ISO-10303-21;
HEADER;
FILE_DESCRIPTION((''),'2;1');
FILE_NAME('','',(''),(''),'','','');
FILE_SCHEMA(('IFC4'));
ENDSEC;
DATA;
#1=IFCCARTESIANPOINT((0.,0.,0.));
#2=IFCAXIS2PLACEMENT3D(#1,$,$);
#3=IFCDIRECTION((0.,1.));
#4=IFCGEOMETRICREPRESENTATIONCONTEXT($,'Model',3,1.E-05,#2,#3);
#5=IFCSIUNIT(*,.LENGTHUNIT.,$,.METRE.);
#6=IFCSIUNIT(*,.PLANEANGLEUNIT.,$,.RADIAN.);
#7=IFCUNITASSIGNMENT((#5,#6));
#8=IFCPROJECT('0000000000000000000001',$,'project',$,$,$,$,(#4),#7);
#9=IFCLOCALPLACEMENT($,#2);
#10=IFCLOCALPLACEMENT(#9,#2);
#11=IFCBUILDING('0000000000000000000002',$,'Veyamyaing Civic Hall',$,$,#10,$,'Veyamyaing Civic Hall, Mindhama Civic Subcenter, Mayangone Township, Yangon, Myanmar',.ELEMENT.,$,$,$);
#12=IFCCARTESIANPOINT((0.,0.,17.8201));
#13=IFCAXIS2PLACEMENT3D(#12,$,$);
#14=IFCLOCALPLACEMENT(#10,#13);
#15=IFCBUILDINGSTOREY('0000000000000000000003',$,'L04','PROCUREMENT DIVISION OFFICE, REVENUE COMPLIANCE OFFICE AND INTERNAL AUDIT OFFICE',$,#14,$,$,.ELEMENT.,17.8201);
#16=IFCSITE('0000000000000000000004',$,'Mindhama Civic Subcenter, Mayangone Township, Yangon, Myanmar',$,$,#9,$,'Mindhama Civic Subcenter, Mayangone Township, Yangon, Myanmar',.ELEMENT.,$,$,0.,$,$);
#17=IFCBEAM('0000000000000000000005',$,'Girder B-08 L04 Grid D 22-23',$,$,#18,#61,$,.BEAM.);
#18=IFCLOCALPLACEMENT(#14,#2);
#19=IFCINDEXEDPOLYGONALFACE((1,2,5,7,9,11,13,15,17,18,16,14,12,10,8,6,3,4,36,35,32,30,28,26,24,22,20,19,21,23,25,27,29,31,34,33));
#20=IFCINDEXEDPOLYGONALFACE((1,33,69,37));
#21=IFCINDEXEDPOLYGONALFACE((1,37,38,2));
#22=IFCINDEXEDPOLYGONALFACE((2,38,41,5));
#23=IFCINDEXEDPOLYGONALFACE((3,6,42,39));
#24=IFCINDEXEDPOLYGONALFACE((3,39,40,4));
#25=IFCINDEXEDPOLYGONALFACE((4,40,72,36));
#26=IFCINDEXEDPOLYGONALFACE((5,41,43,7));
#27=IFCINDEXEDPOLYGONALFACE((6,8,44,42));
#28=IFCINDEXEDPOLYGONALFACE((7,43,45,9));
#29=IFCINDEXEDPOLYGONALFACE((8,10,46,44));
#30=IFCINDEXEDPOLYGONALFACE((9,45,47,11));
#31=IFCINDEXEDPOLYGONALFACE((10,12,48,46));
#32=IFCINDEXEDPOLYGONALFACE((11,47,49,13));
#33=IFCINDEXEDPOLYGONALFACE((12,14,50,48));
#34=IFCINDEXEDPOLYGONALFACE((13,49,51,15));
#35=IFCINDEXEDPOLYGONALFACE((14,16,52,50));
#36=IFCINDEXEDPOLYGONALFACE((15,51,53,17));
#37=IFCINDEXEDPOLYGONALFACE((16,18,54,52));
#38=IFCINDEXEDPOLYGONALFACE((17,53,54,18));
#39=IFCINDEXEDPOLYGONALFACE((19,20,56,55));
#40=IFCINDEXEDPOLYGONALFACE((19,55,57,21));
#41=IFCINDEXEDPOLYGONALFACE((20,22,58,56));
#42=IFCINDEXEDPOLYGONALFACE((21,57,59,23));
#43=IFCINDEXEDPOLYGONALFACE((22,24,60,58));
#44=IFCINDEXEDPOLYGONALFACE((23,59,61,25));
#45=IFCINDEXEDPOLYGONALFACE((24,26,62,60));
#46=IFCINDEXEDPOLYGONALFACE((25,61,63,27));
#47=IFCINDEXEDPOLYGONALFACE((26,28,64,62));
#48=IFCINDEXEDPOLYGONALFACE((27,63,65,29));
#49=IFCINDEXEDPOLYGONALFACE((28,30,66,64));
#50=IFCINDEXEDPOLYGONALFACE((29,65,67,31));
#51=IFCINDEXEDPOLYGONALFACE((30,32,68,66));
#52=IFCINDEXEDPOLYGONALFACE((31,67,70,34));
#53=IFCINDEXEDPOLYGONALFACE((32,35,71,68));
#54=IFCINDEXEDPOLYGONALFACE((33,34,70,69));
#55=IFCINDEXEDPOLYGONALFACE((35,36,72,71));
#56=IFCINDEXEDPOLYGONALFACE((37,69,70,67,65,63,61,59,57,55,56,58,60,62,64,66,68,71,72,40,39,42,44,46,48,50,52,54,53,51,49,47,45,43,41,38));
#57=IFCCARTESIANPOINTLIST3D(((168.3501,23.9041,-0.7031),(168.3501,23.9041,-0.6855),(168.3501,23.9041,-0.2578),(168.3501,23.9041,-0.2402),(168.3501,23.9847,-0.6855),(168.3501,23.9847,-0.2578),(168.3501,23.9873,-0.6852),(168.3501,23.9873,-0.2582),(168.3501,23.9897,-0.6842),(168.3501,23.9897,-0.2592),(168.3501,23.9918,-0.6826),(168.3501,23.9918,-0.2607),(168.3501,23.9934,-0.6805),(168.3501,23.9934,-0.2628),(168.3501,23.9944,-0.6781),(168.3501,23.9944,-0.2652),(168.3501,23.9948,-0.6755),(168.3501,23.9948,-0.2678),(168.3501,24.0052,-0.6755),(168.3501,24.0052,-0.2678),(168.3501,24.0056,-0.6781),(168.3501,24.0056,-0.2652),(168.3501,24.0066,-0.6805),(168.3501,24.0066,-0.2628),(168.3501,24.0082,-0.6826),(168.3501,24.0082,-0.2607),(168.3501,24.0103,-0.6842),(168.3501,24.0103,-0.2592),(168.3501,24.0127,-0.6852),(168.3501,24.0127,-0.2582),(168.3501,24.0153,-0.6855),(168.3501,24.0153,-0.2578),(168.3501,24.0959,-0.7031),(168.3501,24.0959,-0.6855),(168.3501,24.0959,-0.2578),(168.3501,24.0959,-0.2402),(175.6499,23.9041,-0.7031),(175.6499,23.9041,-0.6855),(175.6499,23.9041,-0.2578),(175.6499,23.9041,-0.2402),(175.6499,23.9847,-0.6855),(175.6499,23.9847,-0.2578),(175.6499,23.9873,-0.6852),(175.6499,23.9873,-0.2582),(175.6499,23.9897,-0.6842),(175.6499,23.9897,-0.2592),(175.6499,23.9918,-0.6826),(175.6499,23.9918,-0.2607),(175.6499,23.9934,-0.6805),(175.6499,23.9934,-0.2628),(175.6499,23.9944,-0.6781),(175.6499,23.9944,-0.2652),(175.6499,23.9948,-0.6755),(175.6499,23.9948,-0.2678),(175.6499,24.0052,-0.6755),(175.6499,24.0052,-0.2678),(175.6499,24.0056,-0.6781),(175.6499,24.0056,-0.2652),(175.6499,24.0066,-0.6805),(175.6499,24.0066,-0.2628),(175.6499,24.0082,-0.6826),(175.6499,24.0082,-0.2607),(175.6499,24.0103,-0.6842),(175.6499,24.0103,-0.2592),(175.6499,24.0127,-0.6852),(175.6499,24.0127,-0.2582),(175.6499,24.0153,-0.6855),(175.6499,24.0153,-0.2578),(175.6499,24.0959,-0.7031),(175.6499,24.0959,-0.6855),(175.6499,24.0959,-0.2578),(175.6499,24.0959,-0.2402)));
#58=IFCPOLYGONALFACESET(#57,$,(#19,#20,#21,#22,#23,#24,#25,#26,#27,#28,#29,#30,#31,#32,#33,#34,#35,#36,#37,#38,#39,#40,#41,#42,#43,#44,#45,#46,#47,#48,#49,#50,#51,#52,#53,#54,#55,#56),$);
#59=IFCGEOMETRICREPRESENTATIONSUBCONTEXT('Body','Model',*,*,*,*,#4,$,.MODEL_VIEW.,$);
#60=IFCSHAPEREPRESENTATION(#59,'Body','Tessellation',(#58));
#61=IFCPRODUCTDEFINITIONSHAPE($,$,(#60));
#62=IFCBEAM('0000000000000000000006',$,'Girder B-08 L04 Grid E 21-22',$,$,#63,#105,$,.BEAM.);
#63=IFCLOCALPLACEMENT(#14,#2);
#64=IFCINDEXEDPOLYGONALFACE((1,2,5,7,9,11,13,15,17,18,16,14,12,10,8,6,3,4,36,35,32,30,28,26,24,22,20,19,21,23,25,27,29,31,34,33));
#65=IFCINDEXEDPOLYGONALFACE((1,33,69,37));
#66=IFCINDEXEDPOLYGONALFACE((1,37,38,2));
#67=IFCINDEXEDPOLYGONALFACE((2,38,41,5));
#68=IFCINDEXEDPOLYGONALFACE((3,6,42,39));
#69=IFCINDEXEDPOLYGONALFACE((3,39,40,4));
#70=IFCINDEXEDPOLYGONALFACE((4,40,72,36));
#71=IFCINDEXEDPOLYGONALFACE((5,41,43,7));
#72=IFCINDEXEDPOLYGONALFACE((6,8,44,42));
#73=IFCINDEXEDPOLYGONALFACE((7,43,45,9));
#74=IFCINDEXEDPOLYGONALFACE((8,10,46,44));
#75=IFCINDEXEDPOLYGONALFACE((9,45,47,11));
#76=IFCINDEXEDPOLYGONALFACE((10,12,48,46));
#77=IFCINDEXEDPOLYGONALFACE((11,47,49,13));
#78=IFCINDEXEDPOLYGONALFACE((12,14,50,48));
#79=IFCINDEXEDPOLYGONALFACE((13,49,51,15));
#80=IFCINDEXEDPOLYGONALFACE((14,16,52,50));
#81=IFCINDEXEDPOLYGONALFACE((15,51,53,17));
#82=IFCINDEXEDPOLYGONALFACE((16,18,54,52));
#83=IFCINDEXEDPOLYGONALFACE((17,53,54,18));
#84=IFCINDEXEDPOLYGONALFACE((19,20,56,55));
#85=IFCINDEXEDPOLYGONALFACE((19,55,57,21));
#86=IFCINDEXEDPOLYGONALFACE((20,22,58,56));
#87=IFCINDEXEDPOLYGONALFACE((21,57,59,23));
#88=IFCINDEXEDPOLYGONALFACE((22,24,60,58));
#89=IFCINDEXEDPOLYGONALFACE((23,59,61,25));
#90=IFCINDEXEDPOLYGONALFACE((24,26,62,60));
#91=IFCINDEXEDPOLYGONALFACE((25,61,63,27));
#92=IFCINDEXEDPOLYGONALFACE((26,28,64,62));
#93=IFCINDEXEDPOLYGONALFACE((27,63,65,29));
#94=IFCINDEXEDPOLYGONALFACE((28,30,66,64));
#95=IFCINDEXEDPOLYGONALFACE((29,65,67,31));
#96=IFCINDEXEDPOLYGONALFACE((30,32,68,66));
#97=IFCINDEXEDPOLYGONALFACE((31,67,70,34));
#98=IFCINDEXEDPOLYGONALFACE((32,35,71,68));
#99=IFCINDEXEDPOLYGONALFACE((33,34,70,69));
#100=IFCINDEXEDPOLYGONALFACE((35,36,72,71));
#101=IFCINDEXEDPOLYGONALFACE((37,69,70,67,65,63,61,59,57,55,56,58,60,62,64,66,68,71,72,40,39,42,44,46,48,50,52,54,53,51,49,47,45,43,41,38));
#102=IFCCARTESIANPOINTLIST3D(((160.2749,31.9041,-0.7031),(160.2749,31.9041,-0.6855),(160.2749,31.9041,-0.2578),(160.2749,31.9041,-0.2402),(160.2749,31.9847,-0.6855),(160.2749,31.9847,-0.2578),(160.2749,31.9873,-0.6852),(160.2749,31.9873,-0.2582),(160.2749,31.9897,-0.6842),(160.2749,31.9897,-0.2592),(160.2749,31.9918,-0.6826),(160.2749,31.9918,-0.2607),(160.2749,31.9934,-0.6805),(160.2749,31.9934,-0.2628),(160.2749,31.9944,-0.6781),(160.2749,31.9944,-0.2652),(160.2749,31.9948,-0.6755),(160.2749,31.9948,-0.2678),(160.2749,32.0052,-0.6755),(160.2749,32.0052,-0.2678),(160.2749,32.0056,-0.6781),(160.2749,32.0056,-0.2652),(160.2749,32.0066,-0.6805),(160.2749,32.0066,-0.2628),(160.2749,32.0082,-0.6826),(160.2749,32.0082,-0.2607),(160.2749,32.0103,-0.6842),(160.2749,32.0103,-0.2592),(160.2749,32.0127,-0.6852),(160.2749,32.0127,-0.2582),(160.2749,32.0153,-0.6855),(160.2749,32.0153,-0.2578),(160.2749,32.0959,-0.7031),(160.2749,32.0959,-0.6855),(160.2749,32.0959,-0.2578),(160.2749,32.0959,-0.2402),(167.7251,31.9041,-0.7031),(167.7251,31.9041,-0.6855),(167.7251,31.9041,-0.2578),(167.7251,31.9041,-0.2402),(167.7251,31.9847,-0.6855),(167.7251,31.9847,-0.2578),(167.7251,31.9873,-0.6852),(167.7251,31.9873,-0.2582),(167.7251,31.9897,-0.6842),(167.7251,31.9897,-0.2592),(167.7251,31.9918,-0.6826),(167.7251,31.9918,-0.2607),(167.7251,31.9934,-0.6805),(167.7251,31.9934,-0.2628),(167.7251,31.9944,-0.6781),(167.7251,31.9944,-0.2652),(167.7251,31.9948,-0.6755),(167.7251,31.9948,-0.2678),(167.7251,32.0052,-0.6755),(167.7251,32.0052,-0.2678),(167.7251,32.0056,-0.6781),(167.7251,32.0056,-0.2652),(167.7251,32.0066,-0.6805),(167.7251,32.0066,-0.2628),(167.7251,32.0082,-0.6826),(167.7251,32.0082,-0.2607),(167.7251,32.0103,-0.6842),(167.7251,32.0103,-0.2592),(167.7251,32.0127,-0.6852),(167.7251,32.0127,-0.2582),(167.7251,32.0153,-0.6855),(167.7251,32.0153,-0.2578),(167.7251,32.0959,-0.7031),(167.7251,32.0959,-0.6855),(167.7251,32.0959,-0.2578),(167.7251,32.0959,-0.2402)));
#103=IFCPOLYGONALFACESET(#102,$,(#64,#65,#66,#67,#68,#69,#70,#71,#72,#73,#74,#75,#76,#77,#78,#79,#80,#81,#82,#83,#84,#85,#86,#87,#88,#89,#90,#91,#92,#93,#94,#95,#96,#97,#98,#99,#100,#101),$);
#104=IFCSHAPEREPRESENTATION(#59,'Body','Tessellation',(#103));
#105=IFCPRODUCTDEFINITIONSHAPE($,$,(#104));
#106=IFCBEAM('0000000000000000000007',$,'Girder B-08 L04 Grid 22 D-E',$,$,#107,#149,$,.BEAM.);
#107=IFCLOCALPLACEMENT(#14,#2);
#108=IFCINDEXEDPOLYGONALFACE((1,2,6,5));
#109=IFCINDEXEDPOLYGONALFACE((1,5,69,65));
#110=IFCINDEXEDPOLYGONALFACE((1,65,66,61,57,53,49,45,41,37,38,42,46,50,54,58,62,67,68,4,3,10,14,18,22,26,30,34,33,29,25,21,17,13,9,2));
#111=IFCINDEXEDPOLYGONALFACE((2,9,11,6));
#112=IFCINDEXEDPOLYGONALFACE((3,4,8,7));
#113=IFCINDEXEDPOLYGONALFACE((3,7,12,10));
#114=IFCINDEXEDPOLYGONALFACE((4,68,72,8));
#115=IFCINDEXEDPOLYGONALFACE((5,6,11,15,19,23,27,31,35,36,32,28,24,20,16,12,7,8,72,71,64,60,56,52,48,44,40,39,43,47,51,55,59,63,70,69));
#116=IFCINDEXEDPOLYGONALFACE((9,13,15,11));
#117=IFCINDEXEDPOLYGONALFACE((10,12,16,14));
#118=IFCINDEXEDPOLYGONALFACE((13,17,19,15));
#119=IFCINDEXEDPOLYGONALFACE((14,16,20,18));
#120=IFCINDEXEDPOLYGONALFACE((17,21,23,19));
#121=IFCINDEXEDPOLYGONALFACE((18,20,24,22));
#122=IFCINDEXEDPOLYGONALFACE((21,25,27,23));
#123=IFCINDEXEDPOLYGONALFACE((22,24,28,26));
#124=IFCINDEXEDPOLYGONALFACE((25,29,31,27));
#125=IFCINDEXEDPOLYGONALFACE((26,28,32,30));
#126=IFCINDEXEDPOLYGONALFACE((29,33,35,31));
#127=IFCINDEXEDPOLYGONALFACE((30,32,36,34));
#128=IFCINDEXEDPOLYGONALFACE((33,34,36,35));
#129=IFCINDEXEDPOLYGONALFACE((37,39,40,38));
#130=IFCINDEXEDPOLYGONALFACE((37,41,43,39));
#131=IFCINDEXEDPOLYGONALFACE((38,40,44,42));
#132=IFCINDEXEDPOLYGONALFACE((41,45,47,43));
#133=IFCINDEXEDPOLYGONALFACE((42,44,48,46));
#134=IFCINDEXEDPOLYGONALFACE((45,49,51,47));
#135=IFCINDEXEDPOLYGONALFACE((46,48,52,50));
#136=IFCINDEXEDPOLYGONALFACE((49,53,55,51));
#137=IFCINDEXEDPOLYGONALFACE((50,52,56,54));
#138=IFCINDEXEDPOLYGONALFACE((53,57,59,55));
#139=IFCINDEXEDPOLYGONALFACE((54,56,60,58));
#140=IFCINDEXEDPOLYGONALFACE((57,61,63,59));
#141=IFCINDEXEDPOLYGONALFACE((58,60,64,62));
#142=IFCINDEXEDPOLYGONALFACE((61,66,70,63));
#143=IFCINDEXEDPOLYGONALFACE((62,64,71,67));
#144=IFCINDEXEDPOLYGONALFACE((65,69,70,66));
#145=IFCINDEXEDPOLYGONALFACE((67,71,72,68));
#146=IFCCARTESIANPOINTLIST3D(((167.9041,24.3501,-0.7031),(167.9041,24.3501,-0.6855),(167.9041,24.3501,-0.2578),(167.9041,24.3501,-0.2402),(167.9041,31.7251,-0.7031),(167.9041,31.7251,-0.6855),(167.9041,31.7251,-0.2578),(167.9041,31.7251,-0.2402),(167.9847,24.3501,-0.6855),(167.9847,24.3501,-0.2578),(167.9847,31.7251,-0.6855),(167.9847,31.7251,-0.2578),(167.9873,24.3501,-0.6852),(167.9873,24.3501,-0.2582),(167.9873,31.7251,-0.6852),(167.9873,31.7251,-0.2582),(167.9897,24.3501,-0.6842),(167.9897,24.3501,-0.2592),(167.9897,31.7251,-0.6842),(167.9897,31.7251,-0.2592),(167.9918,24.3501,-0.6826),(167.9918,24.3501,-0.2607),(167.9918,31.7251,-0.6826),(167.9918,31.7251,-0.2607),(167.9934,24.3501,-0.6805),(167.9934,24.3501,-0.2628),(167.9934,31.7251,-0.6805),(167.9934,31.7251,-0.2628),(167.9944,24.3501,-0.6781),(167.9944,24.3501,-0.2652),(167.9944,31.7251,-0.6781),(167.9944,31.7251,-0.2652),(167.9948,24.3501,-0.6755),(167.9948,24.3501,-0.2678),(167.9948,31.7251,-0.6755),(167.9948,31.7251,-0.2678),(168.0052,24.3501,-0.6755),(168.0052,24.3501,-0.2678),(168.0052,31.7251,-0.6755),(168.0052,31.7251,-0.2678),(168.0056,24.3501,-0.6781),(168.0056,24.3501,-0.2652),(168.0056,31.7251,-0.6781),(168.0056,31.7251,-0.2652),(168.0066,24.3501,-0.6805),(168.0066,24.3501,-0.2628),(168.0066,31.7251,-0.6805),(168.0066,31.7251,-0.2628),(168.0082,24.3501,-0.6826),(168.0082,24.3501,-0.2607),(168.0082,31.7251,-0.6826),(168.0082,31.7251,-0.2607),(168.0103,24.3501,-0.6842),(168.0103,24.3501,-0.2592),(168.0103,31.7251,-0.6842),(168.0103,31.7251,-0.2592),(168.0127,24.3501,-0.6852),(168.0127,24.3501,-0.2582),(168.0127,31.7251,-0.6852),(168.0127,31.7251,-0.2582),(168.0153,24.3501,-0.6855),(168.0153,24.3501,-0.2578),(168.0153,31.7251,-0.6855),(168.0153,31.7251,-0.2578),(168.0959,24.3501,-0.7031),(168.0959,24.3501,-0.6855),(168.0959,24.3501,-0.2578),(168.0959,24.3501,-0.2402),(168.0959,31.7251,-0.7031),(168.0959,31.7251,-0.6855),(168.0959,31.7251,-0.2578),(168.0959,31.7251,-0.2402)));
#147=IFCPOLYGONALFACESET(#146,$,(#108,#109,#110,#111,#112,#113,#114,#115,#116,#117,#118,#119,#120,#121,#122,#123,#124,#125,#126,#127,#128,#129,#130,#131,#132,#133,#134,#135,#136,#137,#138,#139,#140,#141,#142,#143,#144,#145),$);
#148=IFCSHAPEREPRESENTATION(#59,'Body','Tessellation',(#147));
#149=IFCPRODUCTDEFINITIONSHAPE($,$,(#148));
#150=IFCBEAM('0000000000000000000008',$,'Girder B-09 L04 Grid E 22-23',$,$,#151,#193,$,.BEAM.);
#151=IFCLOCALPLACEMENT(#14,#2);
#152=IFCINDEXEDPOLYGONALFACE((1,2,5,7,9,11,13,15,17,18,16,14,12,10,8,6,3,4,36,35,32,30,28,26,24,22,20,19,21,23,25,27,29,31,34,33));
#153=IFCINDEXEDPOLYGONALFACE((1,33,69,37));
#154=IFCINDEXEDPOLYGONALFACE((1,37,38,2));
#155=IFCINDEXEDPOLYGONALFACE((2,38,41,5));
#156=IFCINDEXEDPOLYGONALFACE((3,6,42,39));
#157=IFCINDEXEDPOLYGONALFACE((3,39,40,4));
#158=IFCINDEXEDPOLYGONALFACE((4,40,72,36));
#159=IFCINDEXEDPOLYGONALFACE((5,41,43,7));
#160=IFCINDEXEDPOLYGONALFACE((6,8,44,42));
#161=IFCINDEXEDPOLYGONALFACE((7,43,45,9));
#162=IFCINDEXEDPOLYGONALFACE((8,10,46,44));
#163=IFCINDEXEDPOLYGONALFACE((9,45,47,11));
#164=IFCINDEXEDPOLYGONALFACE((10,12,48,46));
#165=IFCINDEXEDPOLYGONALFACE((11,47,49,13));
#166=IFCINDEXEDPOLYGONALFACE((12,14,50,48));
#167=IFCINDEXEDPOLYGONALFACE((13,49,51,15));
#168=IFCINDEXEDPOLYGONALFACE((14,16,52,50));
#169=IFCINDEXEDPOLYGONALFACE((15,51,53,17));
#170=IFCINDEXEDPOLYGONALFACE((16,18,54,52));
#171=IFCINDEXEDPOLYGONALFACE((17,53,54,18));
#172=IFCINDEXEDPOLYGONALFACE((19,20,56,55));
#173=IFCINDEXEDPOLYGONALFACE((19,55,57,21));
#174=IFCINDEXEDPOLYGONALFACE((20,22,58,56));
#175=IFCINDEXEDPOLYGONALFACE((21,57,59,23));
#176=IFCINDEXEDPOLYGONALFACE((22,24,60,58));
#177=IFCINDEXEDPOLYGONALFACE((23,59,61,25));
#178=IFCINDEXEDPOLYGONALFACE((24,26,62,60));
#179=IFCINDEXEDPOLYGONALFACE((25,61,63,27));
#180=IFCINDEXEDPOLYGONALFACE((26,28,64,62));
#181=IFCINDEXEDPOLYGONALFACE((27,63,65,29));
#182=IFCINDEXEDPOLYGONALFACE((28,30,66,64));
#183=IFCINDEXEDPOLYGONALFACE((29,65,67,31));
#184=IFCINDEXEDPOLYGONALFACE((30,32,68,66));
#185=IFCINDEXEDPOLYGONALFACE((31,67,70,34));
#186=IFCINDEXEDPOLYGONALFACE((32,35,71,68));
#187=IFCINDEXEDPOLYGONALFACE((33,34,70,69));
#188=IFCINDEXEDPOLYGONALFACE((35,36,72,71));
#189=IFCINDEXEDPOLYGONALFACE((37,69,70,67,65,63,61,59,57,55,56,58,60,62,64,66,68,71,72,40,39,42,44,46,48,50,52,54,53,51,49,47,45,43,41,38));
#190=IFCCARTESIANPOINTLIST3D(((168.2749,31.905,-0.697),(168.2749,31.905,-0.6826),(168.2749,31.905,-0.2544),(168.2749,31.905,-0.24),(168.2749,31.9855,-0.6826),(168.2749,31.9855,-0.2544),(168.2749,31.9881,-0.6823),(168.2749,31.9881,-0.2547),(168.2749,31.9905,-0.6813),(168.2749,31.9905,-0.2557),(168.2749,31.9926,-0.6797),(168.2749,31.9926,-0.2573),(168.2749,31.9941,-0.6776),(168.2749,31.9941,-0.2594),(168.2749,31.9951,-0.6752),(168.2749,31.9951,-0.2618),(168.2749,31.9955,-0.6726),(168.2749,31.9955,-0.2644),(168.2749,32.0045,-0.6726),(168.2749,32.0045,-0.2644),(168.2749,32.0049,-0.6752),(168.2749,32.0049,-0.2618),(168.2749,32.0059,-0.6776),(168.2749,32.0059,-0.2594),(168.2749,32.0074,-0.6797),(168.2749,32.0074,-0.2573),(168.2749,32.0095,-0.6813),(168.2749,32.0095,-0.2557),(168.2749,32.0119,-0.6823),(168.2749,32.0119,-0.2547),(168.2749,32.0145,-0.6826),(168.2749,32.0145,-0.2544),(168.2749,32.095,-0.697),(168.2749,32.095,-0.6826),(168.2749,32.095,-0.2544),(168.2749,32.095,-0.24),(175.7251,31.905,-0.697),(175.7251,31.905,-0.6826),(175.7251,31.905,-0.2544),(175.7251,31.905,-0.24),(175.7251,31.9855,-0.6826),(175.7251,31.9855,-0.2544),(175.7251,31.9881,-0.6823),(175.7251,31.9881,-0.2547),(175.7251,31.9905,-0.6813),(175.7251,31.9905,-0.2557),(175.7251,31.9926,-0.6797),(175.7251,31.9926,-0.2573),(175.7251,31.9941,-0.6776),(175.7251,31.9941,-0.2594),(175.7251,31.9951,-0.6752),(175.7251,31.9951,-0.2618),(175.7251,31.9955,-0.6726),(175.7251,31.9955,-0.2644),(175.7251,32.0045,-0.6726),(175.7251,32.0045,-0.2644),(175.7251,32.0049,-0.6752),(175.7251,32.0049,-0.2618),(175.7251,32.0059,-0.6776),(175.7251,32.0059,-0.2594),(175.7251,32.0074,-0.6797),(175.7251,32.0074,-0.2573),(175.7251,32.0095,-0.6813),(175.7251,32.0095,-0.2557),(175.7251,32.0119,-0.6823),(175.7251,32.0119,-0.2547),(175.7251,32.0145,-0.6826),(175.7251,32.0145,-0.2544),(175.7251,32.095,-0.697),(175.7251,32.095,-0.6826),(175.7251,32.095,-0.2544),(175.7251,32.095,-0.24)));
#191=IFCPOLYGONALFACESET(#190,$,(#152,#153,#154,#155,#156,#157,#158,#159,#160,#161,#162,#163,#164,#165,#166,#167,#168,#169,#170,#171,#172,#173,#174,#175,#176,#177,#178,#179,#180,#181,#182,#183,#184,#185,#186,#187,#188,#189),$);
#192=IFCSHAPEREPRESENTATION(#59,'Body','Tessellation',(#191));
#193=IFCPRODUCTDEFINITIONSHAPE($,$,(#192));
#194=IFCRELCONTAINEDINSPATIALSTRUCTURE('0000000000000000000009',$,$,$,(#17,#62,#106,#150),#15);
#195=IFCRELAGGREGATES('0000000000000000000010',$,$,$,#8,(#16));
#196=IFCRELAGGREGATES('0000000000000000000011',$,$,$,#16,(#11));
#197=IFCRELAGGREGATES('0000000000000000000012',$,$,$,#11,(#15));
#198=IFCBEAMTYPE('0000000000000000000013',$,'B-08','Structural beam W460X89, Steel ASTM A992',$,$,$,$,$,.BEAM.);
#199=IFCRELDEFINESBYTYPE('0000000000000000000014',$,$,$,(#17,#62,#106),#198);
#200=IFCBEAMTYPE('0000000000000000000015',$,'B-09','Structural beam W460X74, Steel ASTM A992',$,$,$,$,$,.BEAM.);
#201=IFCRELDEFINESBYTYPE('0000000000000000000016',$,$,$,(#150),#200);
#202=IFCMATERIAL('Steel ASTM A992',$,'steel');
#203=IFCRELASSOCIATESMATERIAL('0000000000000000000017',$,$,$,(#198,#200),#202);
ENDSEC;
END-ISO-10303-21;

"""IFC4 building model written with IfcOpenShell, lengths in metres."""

from ifc_helpers import new_model, si_unit, direction, frame, origin, origin_2d, place, context, subcontext, project, spatial, i_section, extrude, material, material_profile, profile_set, type_object, element, save


model = new_model("IFC4")

# Units and contexts
model_context = context("Model", 3, precision=1e-05, world=origin(), true_north=direction((0.0, 1.0)))
body_context = subcontext(model_context, "Body", "Model", "MODEL_VIEW")
ifc_project = project(units=[si_unit("LENGTHUNIT", "METRE"), si_unit("PLANEANGLEUNIT", "RADIAN")], contexts=[model_context])

# Site, building, storey
site_placement = place(None, origin())
site = spatial("IfcSite", under=ifc_project, at=site_placement, Name="Mindhama Civic Subcenter, Mayangone Township, Yangon, Myanmar", LongName="Mindhama Civic Subcenter, Mayangone Township, Yangon, Myanmar", CompositionType="ELEMENT", RefElevation=0.0)
building_placement = place(site_placement, origin())
building = spatial("IfcBuilding", under=site, at=building_placement, Name="Veyamyaing Civic Hall", LongName="Veyamyaing Civic Hall, Mindhama Civic Subcenter, Mayangone Township, Yangon, Myanmar", CompositionType="ELEMENT")
storey_placement = place(building_placement, frame((0.0, 0.0, 17.8201)))
storey = spatial("IfcBuildingStorey", under=building, at=storey_placement, Name="L04", Description="PROCUREMENT DIVISION OFFICE, REVENUE COMPLIANCE OFFICE AND INTERNAL AUDIT OFFICE", CompositionType="ELEMENT", Elevation=17.8201)

# Beams
ifc_material_1 = material(Name="Steel ASTM A992", Category="steel")
ifc_material_profile_1 = material_profile(ifc_material_1, i_section(OverallWidth=0.1919, OverallDepth=0.4629, WebThickness=0.0105, FlangeThickness=0.0176, FilletRadius=0.01, at=origin_2d()), Name="W460X89")
ifc_profile_set_1 = profile_set([ifc_material_profile_1], Name="Steel ASTM A992")
beam_type_1 = type_object("IfcBeamType", Name="B-08", Description="Structural beam W460X89, Steel ASTM A992", PredefinedType="BEAM", material=ifc_profile_set_1)
beam_1_placement = place(storey_placement, frame((168.3501, 24.0, -0.4717), z_axis=(1.0, 0.0, 0.0), x_axis=(0.0, 1.0, 0.0)))
element("IfcBeam", 1, at=beam_1_placement, inside=storey, type_object=beam_type_1, Name="Girder B-08 L04 Grid D 22-23", PredefinedType="BEAM", context=body_context, shape_type="SweptSolid", body=[
    extrude(i_section(OverallWidth=0.1919, OverallDepth=0.4629, WebThickness=0.0105, FlangeThickness=0.0176, FilletRadius=0.01, at=origin_2d()), origin(), (0.0, 0.0, 1.0), 7.2998),
])
beam_2_placement = place(storey_placement, frame((160.2749, 32.0, -0.4717), z_axis=(1.0, 0.0, 0.0), x_axis=(0.0, 1.0, 0.0)))
element("IfcBeam", 2, at=beam_2_placement, inside=storey, type_object=beam_type_1, Name="Girder B-08 L04 Grid E 21-22", PredefinedType="BEAM", context=body_context, shape_type="SweptSolid", body=[
    extrude(i_section(OverallWidth=0.1919, OverallDepth=0.4629, WebThickness=0.0105, FlangeThickness=0.0176, FilletRadius=0.01, at=origin_2d()), origin(), (0.0, 0.0, 1.0), 7.4502),
])
beam_3_placement = place(storey_placement, frame((168.0, 24.3501, -0.4717), z_axis=(0.0, 1.0, 0.0), x_axis=(-1.0, 0.0, 0.0)))
element("IfcBeam", 3, at=beam_3_placement, inside=storey, type_object=beam_type_1, Name="Girder B-08 L04 Grid 22 D-E", PredefinedType="BEAM", context=body_context, shape_type="SweptSolid", body=[
    extrude(i_section(OverallWidth=0.1919, OverallDepth=0.4629, WebThickness=0.0105, FlangeThickness=0.0176, FilletRadius=0.01, at=origin_2d()), origin(), (0.0, 0.0, 1.0), 7.375),
])
ifc_material_profile_2 = material_profile(ifc_material_1, i_section(OverallWidth=0.1899, OverallDepth=0.457, WebThickness=0.009, FlangeThickness=0.0144, FilletRadius=0.01, at=origin_2d()), Name="W460X74")
ifc_profile_set_2 = profile_set([ifc_material_profile_2], Name="Steel ASTM A992")
beam_type_2 = type_object("IfcBeamType", Name="B-09", Description="Structural beam W460X74, Steel ASTM A992", PredefinedType="BEAM", material=ifc_profile_set_2)
for number, where, z_axis, x_axis, name in (
    (4, (168.2749, 32.0, -0.4685), (1.0, 0.0, 0.0), (0.0, 1.0, 0.0), "Girder B-09 L04 Grid E 22-23"),
):
    element("IfcBeam", number, at=place(storey_placement, frame(where, z_axis=z_axis, x_axis=x_axis)), inside=storey, type_object=beam_type_2, Name=name, PredefinedType="BEAM", context=body_context, shape_type="SweptSolid", body=[
        extrude(i_section(OverallWidth=0.1899, OverallDepth=0.457, WebThickness=0.009, FlangeThickness=0.0144, FilletRadius=0.01, at=origin_2d()), origin(), (0.0, 0.0, 1.0), 7.4502),
    ])

save(model, "model.ifc")
